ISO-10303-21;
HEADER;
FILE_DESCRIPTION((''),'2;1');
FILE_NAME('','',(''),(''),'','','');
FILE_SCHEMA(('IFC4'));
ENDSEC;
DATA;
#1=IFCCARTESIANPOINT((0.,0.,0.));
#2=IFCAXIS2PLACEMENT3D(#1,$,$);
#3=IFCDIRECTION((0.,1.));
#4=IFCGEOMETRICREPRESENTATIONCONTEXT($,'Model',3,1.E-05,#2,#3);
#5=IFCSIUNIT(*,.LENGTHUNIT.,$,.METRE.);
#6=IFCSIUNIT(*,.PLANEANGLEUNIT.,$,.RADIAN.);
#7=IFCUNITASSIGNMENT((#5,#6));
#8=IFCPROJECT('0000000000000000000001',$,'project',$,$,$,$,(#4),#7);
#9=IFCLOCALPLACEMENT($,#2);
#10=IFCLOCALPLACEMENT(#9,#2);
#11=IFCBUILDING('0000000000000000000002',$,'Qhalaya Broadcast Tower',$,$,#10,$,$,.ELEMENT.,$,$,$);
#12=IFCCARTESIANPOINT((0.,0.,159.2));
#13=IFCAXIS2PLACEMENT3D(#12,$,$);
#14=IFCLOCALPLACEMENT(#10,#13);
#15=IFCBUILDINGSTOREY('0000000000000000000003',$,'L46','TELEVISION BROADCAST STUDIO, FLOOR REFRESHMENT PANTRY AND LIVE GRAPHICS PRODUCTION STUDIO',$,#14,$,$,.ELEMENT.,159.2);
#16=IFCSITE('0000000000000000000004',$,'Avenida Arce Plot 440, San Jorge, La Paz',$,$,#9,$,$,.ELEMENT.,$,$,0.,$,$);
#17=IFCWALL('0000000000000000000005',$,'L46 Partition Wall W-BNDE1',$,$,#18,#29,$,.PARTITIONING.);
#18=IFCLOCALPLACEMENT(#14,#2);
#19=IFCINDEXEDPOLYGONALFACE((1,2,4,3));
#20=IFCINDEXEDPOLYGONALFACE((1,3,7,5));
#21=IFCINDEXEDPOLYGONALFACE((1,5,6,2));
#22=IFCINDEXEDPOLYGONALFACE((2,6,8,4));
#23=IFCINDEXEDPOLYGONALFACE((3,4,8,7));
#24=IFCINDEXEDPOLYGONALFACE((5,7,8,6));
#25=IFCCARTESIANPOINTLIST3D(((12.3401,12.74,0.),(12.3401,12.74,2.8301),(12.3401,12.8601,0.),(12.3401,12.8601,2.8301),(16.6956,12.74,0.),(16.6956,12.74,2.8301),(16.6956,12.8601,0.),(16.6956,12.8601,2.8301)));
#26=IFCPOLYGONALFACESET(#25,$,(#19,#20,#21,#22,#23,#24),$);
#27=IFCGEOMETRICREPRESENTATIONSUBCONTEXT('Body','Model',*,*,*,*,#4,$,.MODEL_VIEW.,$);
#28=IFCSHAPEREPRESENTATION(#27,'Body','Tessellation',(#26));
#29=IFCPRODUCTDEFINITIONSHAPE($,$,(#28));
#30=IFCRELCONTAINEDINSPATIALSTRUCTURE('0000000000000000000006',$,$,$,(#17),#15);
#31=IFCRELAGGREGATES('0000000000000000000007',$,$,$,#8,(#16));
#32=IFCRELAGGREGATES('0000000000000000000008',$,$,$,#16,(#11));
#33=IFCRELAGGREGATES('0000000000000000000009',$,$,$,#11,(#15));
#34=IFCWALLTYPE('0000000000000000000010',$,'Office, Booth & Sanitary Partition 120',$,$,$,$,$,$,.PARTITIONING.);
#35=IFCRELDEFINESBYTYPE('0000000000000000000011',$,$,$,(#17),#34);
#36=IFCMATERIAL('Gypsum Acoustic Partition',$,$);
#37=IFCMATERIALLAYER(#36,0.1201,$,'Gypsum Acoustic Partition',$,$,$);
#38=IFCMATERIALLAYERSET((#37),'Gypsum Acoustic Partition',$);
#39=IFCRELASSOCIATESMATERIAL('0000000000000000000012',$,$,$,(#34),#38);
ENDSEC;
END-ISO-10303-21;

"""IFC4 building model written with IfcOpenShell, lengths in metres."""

from ifc_helpers import new_model, si_unit, direction, frame, frame_2d, origin, place, context, subcontext, project, spatial, rectangle, extrude, material, layer, layer_set, type_object, element, save


model = new_model("IFC4")

# Units and contexts
model_context = context("Model", 3, precision=1e-05, world=origin(), true_north=direction((0.0, 1.0)))
body_context = subcontext(model_context, "Body", "Model", "MODEL_VIEW")
ifc_project = project(units=[si_unit("LENGTHUNIT", "METRE"), si_unit("PLANEANGLEUNIT", "RADIAN")], contexts=[model_context])

# Site, building, storey
site_placement = place(None, origin())
site = spatial("IfcSite", under=ifc_project, at=site_placement, Name="Avenida Arce Plot 440, San Jorge, La Paz", CompositionType="ELEMENT", RefElevation=0.0)
building_placement = place(site_placement, origin())
building = spatial("IfcBuilding", under=site, at=building_placement, Name="Qhalaya Broadcast Tower", CompositionType="ELEMENT")
storey_placement = place(building_placement, frame((0.0, 0.0, 159.2)))
storey = spatial("IfcBuildingStorey", under=building, at=storey_placement, Name="L46", Description="TELEVISION BROADCAST STUDIO, FLOOR REFRESHMENT PANTRY AND LIVE GRAPHICS PRODUCTION STUDIO", CompositionType="ELEMENT", Elevation=159.2)

# Wall
ifc_material_1 = material(Name="Gypsum Acoustic Partition")
ifc_layer_1 = layer(ifc_material_1, 0.1201, Name="Gypsum Acoustic Partition")
ifc_layer_set_1 = layer_set([ifc_layer_1], Name="Gypsum Acoustic Partition")
wall_type = type_object("IfcWallType", Name="Office, Booth & Sanitary Partition 120", PredefinedType="PARTITIONING", material=ifc_layer_set_1)
wall_placement = place(storey_placement, frame((12.3401, 12.8, 0.0), z_axis=(0.0, 0.0, 1.0), x_axis=(1.0, 0.0, 0.0)))
element("IfcWall", 1, at=wall_placement, inside=storey, type_object=wall_type, Name="L46 Partition Wall W-BNDE1", PredefinedType="PARTITIONING", context=body_context, shape_type="SweptSolid", body=[
    extrude(rectangle(XDim=4.3555, YDim=0.1201, at=frame_2d((2.1777, 0.0))), origin(), (0.0, 0.0, 1.0), 2.8301),
])

save(model, "model.ifc")
